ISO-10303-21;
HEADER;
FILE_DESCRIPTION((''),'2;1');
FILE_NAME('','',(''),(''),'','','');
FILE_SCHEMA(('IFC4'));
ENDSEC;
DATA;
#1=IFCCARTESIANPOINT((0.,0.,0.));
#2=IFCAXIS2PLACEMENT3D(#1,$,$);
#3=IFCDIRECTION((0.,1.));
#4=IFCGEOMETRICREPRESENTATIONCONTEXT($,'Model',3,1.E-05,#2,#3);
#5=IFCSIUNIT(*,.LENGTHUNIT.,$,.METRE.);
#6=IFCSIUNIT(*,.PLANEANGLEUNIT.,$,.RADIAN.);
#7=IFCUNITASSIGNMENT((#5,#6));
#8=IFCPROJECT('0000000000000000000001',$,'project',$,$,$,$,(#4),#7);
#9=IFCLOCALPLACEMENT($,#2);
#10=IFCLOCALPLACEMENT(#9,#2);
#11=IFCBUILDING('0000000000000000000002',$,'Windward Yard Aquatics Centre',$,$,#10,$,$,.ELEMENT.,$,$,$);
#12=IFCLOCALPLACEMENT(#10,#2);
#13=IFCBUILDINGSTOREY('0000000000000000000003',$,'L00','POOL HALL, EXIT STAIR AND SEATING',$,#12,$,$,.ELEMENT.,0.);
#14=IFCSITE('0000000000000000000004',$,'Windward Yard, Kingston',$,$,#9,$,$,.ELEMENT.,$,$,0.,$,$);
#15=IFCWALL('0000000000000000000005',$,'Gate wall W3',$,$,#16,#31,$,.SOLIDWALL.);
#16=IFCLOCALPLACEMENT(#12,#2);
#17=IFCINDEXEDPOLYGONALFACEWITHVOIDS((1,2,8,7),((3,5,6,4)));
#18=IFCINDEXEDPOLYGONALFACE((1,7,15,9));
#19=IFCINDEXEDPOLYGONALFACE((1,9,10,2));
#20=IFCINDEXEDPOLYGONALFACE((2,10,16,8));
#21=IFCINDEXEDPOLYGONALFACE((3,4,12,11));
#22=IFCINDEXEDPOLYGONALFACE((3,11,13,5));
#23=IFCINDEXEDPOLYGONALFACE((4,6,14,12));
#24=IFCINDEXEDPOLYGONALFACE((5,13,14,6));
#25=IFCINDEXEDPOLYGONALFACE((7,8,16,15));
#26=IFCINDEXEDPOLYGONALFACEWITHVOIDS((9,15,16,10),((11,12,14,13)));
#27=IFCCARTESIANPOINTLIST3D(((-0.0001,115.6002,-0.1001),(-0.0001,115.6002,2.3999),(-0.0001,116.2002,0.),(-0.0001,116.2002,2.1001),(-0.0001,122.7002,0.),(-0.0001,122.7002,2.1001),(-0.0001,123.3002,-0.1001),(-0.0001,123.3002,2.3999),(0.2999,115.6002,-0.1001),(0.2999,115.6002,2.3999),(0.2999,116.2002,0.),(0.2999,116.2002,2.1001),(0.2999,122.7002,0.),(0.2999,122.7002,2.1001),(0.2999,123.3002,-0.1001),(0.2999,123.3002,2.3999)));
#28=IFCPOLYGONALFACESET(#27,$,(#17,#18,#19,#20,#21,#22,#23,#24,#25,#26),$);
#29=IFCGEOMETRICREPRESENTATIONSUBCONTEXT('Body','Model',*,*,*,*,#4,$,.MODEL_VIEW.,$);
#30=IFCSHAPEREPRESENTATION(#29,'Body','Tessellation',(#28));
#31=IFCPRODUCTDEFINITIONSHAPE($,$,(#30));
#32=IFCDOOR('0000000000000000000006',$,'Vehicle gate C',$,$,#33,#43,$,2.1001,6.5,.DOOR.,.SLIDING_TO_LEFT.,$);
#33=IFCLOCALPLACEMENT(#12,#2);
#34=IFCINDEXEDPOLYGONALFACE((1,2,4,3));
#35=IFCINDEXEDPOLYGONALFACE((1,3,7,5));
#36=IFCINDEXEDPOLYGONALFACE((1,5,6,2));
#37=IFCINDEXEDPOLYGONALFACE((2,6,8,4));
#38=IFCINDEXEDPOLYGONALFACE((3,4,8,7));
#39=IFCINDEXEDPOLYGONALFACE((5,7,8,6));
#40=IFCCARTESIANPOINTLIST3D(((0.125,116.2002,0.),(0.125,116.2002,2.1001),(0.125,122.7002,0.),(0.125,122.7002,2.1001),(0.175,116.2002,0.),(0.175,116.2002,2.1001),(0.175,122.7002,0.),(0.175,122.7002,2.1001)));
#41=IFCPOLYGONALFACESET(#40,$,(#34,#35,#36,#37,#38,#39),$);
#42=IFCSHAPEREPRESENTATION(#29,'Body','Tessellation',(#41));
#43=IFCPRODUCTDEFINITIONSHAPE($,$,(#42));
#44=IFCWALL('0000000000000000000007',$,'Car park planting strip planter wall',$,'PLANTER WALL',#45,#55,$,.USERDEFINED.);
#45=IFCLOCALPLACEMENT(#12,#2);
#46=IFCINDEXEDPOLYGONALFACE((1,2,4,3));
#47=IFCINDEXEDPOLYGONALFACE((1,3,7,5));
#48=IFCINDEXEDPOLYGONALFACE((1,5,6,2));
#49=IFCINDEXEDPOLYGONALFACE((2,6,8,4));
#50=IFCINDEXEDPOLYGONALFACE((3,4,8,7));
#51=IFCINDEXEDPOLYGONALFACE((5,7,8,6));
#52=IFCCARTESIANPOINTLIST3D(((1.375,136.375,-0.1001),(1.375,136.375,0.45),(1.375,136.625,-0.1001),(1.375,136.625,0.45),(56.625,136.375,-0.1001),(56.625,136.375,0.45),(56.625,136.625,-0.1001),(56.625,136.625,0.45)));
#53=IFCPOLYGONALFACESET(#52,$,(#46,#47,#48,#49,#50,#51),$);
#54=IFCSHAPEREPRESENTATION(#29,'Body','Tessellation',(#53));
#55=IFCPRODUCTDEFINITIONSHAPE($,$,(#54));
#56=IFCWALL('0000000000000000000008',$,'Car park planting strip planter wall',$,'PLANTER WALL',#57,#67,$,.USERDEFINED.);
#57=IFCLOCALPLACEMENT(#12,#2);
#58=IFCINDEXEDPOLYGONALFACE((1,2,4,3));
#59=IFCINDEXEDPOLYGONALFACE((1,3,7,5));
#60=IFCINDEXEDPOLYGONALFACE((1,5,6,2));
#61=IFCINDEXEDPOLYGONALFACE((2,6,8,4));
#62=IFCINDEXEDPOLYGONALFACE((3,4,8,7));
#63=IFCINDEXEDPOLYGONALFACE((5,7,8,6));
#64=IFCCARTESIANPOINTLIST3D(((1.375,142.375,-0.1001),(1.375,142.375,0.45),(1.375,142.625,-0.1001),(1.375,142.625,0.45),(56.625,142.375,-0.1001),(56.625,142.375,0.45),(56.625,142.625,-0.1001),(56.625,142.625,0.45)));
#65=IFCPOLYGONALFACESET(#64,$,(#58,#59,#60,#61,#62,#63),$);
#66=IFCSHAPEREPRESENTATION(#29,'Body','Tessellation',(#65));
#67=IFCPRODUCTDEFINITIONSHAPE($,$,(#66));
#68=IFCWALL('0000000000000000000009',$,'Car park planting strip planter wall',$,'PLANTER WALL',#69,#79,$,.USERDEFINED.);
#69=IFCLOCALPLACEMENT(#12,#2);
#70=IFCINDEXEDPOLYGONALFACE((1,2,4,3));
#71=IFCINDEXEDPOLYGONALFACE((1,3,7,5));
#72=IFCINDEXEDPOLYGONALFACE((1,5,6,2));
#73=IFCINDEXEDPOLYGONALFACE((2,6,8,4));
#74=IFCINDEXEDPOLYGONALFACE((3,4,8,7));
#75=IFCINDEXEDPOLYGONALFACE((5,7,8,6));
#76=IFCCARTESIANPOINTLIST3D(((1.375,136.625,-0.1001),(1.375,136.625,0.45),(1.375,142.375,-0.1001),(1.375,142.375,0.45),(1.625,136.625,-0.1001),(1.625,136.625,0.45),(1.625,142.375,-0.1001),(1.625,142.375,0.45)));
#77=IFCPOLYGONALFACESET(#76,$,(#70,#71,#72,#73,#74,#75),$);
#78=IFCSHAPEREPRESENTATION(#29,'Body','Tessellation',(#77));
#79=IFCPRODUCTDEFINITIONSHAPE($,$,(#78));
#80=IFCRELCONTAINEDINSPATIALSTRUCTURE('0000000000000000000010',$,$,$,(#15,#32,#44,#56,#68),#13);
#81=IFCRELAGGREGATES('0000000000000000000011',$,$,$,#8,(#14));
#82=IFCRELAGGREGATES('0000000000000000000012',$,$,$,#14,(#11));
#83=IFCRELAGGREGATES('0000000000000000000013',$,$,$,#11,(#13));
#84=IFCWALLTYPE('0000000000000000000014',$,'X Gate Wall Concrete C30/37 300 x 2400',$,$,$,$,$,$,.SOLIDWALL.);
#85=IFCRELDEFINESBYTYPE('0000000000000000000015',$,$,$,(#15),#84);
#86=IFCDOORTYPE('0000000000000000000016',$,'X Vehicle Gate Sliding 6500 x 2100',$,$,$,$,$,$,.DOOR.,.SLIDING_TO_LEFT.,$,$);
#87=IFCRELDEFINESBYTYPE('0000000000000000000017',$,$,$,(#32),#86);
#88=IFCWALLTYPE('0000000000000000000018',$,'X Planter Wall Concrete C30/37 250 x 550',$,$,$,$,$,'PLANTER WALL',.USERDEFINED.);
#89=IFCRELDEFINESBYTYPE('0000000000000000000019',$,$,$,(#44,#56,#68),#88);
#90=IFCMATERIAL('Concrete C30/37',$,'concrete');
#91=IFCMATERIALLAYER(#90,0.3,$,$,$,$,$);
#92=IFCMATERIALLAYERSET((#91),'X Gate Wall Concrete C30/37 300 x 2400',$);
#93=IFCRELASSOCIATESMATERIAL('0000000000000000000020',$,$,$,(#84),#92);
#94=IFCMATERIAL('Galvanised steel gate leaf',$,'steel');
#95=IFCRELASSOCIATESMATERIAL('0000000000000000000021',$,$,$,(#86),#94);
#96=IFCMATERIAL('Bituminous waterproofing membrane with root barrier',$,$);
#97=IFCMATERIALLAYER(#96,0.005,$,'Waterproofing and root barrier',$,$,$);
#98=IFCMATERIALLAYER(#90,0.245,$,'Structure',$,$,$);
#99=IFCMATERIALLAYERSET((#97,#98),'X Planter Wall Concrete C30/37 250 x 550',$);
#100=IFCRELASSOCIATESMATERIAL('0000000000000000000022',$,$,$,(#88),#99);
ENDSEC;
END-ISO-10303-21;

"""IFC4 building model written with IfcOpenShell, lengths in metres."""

from ifc_helpers import new_model, si_unit, direction, frame, frame_2d, origin, place, context, subcontext, project, spatial, rectangle, extrude, material, layer, layer_set, type_object, element, fill, save


model = new_model("IFC4")

# Units and contexts
model_context = context("Model", 3, precision=1e-05, world=origin(), true_north=direction((0.0, 1.0)))
body_context = subcontext(model_context, "Body", "Model", "MODEL_VIEW")
ifc_project = project(units=[si_unit("LENGTHUNIT", "METRE"), si_unit("PLANEANGLEUNIT", "RADIAN")], contexts=[model_context])

# Site, building, storey
site_placement = place(None, origin())
site = spatial("IfcSite", under=ifc_project, at=site_placement, Name="Windward Yard, Kingston", CompositionType="ELEMENT", RefElevation=0.0)
building_placement = place(site_placement, origin())
building = spatial("IfcBuilding", under=site, at=building_placement, Name="Windward Yard Aquatics Centre", CompositionType="ELEMENT")
storey_placement = place(building_placement, origin())
storey = spatial("IfcBuildingStorey", under=building, at=storey_placement, Name="L00", Description="POOL HALL, EXIT STAIR AND SEATING", CompositionType="ELEMENT", Elevation=0.0)

# Shared definitions
ifc_material_1 = material(Name="Concrete C30/37", Category="concrete")

# Wall, opening, door
ifc_layer_1 = layer(ifc_material_1, 0.3)
ifc_layer_set_1 = layer_set([ifc_layer_1], Name="X Gate Wall Concrete C30/37 300 x 2400")
wall_type_1 = type_object("IfcWallType", Name="X Gate Wall Concrete C30/37 300 x 2400", PredefinedType="SOLIDWALL", material=ifc_layer_set_1)
wall_1_placement = place(storey_placement, frame((0.1499, 115.6001, -0.1001), z_axis=(0.0, 0.0, 1.0), x_axis=(0.0, 1.0, 0.0)))
wall_1 = element("IfcWall", 1, at=wall_1_placement, inside=storey, type_object=wall_type_1, Name="Gate wall W3", PredefinedType="SOLIDWALL", context=body_context, shape_type="SweptSolid", body=[
    extrude(rectangle(XDim=7.7, YDim=0.3, at=frame_2d((3.8501, 0.0))), origin(), (0.0, 0.0, 1.0), 2.5),
])
opening_1_placement = place(wall_1_placement, frame((0.6001, 0.0, 0.1001)))
opening_1 = element("IfcOpeningElement", 2, at=opening_1_placement, cuts=wall_1, PredefinedType="OPENING", context=body_context, shape_type="SweptSolid", body=[
    extrude(rectangle(XDim=6.5, YDim=2.1001, at=frame_2d((3.25, 1.05))), frame((0.0, 0.1602, 0.0), z_axis=(0.0, -1.0, 0.0), x_axis=(1.0, 0.0, 0.0)), (0.0, 0.0, 1.0), 0.3201),
])
ifc_material_2 = material(Name="Galvanised steel gate leaf", Category="steel")
door_type_1 = type_object("IfcDoorType", Name="X Vehicle Gate Sliding 6500 x 2100", OperationType="SLIDING_TO_LEFT", PredefinedType="DOOR", material=ifc_material_2)
door_1_placement = place(opening_1_placement, origin())
door_1 = element("IfcDoor", 3, at=door_1_placement, inside=storey, type_object=door_type_1, Name="Vehicle gate C", OperationType="SLIDING_TO_LEFT", OverallHeight=2.1001, OverallWidth=6.5, PredefinedType="DOOR", context=body_context, shape_type="SweptSolid", body=[
    extrude(rectangle(XDim=6.5, YDim=2.1001, at=frame_2d((3.25, 1.05))), frame((0.0, 0.0249, 0.0), z_axis=(0.0, -1.0, 0.0), x_axis=(1.0, 0.0, 0.0)), (0.0, 0.0, 1.0), 0.05),
])
fill(opening_1, door_1)

# Walls
ifc_material_3 = material(Name="Bituminous waterproofing membrane with root barrier")
ifc_layer_2 = layer(ifc_material_3, 0.005, Name="Waterproofing and root barrier")
ifc_layer_3 = layer(ifc_material_1, 0.245, Name="Structure")
ifc_layer_set_2 = layer_set([ifc_layer_2, ifc_layer_3], Name="X Planter Wall Concrete C30/37 250 x 550")
wall_type_2 = type_object("IfcWallType", Name="X Planter Wall Concrete C30/37 250 x 550", ElementType="PLANTER WALL", PredefinedType="USERDEFINED", material=ifc_layer_set_2)
for number, where, z_axis, x_axis, name in (
    (4, (1.375, 136.5, -0.1001), (0.0, 0.0, 1.0), (1.0, 0.0, 0.0), "Car park planting strip planter wall"),
    (5, (1.375, 142.5, -0.1001), (0.0, 0.0, 1.0), (1.0, 0.0, 0.0), "Car park planting strip planter wall"),
):
    element("IfcWall", number, at=place(storey_placement, frame(where, z_axis=z_axis, x_axis=x_axis)), inside=storey, type_object=wall_type_2, Name=name, ObjectType="PLANTER WALL", PredefinedType="USERDEFINED", context=body_context, shape_type="SweptSolid", body=[
        extrude(rectangle(XDim=55.25, YDim=0.25, at=frame_2d((27.625, 0.0))), origin(), (0.0, 0.0, 1.0), 0.55),
    ])
wall_2_placement = place(storey_placement, frame((1.5, 136.625, -0.1001), z_axis=(0.0, 0.0, 1.0), x_axis=(0.0, 1.0, 0.0)))
element("IfcWall", 6, at=wall_2_placement, inside=storey, type_object=wall_type_2, Name="Car park planting strip planter wall", ObjectType="PLANTER WALL", PredefinedType="USERDEFINED", context=body_context, shape_type="SweptSolid", body=[
    extrude(rectangle(XDim=5.75, YDim=0.25, at=frame_2d((2.875, 0.0))), origin(), (0.0, 0.0, 1.0), 0.55),
])

save(model, "model.ifc")
